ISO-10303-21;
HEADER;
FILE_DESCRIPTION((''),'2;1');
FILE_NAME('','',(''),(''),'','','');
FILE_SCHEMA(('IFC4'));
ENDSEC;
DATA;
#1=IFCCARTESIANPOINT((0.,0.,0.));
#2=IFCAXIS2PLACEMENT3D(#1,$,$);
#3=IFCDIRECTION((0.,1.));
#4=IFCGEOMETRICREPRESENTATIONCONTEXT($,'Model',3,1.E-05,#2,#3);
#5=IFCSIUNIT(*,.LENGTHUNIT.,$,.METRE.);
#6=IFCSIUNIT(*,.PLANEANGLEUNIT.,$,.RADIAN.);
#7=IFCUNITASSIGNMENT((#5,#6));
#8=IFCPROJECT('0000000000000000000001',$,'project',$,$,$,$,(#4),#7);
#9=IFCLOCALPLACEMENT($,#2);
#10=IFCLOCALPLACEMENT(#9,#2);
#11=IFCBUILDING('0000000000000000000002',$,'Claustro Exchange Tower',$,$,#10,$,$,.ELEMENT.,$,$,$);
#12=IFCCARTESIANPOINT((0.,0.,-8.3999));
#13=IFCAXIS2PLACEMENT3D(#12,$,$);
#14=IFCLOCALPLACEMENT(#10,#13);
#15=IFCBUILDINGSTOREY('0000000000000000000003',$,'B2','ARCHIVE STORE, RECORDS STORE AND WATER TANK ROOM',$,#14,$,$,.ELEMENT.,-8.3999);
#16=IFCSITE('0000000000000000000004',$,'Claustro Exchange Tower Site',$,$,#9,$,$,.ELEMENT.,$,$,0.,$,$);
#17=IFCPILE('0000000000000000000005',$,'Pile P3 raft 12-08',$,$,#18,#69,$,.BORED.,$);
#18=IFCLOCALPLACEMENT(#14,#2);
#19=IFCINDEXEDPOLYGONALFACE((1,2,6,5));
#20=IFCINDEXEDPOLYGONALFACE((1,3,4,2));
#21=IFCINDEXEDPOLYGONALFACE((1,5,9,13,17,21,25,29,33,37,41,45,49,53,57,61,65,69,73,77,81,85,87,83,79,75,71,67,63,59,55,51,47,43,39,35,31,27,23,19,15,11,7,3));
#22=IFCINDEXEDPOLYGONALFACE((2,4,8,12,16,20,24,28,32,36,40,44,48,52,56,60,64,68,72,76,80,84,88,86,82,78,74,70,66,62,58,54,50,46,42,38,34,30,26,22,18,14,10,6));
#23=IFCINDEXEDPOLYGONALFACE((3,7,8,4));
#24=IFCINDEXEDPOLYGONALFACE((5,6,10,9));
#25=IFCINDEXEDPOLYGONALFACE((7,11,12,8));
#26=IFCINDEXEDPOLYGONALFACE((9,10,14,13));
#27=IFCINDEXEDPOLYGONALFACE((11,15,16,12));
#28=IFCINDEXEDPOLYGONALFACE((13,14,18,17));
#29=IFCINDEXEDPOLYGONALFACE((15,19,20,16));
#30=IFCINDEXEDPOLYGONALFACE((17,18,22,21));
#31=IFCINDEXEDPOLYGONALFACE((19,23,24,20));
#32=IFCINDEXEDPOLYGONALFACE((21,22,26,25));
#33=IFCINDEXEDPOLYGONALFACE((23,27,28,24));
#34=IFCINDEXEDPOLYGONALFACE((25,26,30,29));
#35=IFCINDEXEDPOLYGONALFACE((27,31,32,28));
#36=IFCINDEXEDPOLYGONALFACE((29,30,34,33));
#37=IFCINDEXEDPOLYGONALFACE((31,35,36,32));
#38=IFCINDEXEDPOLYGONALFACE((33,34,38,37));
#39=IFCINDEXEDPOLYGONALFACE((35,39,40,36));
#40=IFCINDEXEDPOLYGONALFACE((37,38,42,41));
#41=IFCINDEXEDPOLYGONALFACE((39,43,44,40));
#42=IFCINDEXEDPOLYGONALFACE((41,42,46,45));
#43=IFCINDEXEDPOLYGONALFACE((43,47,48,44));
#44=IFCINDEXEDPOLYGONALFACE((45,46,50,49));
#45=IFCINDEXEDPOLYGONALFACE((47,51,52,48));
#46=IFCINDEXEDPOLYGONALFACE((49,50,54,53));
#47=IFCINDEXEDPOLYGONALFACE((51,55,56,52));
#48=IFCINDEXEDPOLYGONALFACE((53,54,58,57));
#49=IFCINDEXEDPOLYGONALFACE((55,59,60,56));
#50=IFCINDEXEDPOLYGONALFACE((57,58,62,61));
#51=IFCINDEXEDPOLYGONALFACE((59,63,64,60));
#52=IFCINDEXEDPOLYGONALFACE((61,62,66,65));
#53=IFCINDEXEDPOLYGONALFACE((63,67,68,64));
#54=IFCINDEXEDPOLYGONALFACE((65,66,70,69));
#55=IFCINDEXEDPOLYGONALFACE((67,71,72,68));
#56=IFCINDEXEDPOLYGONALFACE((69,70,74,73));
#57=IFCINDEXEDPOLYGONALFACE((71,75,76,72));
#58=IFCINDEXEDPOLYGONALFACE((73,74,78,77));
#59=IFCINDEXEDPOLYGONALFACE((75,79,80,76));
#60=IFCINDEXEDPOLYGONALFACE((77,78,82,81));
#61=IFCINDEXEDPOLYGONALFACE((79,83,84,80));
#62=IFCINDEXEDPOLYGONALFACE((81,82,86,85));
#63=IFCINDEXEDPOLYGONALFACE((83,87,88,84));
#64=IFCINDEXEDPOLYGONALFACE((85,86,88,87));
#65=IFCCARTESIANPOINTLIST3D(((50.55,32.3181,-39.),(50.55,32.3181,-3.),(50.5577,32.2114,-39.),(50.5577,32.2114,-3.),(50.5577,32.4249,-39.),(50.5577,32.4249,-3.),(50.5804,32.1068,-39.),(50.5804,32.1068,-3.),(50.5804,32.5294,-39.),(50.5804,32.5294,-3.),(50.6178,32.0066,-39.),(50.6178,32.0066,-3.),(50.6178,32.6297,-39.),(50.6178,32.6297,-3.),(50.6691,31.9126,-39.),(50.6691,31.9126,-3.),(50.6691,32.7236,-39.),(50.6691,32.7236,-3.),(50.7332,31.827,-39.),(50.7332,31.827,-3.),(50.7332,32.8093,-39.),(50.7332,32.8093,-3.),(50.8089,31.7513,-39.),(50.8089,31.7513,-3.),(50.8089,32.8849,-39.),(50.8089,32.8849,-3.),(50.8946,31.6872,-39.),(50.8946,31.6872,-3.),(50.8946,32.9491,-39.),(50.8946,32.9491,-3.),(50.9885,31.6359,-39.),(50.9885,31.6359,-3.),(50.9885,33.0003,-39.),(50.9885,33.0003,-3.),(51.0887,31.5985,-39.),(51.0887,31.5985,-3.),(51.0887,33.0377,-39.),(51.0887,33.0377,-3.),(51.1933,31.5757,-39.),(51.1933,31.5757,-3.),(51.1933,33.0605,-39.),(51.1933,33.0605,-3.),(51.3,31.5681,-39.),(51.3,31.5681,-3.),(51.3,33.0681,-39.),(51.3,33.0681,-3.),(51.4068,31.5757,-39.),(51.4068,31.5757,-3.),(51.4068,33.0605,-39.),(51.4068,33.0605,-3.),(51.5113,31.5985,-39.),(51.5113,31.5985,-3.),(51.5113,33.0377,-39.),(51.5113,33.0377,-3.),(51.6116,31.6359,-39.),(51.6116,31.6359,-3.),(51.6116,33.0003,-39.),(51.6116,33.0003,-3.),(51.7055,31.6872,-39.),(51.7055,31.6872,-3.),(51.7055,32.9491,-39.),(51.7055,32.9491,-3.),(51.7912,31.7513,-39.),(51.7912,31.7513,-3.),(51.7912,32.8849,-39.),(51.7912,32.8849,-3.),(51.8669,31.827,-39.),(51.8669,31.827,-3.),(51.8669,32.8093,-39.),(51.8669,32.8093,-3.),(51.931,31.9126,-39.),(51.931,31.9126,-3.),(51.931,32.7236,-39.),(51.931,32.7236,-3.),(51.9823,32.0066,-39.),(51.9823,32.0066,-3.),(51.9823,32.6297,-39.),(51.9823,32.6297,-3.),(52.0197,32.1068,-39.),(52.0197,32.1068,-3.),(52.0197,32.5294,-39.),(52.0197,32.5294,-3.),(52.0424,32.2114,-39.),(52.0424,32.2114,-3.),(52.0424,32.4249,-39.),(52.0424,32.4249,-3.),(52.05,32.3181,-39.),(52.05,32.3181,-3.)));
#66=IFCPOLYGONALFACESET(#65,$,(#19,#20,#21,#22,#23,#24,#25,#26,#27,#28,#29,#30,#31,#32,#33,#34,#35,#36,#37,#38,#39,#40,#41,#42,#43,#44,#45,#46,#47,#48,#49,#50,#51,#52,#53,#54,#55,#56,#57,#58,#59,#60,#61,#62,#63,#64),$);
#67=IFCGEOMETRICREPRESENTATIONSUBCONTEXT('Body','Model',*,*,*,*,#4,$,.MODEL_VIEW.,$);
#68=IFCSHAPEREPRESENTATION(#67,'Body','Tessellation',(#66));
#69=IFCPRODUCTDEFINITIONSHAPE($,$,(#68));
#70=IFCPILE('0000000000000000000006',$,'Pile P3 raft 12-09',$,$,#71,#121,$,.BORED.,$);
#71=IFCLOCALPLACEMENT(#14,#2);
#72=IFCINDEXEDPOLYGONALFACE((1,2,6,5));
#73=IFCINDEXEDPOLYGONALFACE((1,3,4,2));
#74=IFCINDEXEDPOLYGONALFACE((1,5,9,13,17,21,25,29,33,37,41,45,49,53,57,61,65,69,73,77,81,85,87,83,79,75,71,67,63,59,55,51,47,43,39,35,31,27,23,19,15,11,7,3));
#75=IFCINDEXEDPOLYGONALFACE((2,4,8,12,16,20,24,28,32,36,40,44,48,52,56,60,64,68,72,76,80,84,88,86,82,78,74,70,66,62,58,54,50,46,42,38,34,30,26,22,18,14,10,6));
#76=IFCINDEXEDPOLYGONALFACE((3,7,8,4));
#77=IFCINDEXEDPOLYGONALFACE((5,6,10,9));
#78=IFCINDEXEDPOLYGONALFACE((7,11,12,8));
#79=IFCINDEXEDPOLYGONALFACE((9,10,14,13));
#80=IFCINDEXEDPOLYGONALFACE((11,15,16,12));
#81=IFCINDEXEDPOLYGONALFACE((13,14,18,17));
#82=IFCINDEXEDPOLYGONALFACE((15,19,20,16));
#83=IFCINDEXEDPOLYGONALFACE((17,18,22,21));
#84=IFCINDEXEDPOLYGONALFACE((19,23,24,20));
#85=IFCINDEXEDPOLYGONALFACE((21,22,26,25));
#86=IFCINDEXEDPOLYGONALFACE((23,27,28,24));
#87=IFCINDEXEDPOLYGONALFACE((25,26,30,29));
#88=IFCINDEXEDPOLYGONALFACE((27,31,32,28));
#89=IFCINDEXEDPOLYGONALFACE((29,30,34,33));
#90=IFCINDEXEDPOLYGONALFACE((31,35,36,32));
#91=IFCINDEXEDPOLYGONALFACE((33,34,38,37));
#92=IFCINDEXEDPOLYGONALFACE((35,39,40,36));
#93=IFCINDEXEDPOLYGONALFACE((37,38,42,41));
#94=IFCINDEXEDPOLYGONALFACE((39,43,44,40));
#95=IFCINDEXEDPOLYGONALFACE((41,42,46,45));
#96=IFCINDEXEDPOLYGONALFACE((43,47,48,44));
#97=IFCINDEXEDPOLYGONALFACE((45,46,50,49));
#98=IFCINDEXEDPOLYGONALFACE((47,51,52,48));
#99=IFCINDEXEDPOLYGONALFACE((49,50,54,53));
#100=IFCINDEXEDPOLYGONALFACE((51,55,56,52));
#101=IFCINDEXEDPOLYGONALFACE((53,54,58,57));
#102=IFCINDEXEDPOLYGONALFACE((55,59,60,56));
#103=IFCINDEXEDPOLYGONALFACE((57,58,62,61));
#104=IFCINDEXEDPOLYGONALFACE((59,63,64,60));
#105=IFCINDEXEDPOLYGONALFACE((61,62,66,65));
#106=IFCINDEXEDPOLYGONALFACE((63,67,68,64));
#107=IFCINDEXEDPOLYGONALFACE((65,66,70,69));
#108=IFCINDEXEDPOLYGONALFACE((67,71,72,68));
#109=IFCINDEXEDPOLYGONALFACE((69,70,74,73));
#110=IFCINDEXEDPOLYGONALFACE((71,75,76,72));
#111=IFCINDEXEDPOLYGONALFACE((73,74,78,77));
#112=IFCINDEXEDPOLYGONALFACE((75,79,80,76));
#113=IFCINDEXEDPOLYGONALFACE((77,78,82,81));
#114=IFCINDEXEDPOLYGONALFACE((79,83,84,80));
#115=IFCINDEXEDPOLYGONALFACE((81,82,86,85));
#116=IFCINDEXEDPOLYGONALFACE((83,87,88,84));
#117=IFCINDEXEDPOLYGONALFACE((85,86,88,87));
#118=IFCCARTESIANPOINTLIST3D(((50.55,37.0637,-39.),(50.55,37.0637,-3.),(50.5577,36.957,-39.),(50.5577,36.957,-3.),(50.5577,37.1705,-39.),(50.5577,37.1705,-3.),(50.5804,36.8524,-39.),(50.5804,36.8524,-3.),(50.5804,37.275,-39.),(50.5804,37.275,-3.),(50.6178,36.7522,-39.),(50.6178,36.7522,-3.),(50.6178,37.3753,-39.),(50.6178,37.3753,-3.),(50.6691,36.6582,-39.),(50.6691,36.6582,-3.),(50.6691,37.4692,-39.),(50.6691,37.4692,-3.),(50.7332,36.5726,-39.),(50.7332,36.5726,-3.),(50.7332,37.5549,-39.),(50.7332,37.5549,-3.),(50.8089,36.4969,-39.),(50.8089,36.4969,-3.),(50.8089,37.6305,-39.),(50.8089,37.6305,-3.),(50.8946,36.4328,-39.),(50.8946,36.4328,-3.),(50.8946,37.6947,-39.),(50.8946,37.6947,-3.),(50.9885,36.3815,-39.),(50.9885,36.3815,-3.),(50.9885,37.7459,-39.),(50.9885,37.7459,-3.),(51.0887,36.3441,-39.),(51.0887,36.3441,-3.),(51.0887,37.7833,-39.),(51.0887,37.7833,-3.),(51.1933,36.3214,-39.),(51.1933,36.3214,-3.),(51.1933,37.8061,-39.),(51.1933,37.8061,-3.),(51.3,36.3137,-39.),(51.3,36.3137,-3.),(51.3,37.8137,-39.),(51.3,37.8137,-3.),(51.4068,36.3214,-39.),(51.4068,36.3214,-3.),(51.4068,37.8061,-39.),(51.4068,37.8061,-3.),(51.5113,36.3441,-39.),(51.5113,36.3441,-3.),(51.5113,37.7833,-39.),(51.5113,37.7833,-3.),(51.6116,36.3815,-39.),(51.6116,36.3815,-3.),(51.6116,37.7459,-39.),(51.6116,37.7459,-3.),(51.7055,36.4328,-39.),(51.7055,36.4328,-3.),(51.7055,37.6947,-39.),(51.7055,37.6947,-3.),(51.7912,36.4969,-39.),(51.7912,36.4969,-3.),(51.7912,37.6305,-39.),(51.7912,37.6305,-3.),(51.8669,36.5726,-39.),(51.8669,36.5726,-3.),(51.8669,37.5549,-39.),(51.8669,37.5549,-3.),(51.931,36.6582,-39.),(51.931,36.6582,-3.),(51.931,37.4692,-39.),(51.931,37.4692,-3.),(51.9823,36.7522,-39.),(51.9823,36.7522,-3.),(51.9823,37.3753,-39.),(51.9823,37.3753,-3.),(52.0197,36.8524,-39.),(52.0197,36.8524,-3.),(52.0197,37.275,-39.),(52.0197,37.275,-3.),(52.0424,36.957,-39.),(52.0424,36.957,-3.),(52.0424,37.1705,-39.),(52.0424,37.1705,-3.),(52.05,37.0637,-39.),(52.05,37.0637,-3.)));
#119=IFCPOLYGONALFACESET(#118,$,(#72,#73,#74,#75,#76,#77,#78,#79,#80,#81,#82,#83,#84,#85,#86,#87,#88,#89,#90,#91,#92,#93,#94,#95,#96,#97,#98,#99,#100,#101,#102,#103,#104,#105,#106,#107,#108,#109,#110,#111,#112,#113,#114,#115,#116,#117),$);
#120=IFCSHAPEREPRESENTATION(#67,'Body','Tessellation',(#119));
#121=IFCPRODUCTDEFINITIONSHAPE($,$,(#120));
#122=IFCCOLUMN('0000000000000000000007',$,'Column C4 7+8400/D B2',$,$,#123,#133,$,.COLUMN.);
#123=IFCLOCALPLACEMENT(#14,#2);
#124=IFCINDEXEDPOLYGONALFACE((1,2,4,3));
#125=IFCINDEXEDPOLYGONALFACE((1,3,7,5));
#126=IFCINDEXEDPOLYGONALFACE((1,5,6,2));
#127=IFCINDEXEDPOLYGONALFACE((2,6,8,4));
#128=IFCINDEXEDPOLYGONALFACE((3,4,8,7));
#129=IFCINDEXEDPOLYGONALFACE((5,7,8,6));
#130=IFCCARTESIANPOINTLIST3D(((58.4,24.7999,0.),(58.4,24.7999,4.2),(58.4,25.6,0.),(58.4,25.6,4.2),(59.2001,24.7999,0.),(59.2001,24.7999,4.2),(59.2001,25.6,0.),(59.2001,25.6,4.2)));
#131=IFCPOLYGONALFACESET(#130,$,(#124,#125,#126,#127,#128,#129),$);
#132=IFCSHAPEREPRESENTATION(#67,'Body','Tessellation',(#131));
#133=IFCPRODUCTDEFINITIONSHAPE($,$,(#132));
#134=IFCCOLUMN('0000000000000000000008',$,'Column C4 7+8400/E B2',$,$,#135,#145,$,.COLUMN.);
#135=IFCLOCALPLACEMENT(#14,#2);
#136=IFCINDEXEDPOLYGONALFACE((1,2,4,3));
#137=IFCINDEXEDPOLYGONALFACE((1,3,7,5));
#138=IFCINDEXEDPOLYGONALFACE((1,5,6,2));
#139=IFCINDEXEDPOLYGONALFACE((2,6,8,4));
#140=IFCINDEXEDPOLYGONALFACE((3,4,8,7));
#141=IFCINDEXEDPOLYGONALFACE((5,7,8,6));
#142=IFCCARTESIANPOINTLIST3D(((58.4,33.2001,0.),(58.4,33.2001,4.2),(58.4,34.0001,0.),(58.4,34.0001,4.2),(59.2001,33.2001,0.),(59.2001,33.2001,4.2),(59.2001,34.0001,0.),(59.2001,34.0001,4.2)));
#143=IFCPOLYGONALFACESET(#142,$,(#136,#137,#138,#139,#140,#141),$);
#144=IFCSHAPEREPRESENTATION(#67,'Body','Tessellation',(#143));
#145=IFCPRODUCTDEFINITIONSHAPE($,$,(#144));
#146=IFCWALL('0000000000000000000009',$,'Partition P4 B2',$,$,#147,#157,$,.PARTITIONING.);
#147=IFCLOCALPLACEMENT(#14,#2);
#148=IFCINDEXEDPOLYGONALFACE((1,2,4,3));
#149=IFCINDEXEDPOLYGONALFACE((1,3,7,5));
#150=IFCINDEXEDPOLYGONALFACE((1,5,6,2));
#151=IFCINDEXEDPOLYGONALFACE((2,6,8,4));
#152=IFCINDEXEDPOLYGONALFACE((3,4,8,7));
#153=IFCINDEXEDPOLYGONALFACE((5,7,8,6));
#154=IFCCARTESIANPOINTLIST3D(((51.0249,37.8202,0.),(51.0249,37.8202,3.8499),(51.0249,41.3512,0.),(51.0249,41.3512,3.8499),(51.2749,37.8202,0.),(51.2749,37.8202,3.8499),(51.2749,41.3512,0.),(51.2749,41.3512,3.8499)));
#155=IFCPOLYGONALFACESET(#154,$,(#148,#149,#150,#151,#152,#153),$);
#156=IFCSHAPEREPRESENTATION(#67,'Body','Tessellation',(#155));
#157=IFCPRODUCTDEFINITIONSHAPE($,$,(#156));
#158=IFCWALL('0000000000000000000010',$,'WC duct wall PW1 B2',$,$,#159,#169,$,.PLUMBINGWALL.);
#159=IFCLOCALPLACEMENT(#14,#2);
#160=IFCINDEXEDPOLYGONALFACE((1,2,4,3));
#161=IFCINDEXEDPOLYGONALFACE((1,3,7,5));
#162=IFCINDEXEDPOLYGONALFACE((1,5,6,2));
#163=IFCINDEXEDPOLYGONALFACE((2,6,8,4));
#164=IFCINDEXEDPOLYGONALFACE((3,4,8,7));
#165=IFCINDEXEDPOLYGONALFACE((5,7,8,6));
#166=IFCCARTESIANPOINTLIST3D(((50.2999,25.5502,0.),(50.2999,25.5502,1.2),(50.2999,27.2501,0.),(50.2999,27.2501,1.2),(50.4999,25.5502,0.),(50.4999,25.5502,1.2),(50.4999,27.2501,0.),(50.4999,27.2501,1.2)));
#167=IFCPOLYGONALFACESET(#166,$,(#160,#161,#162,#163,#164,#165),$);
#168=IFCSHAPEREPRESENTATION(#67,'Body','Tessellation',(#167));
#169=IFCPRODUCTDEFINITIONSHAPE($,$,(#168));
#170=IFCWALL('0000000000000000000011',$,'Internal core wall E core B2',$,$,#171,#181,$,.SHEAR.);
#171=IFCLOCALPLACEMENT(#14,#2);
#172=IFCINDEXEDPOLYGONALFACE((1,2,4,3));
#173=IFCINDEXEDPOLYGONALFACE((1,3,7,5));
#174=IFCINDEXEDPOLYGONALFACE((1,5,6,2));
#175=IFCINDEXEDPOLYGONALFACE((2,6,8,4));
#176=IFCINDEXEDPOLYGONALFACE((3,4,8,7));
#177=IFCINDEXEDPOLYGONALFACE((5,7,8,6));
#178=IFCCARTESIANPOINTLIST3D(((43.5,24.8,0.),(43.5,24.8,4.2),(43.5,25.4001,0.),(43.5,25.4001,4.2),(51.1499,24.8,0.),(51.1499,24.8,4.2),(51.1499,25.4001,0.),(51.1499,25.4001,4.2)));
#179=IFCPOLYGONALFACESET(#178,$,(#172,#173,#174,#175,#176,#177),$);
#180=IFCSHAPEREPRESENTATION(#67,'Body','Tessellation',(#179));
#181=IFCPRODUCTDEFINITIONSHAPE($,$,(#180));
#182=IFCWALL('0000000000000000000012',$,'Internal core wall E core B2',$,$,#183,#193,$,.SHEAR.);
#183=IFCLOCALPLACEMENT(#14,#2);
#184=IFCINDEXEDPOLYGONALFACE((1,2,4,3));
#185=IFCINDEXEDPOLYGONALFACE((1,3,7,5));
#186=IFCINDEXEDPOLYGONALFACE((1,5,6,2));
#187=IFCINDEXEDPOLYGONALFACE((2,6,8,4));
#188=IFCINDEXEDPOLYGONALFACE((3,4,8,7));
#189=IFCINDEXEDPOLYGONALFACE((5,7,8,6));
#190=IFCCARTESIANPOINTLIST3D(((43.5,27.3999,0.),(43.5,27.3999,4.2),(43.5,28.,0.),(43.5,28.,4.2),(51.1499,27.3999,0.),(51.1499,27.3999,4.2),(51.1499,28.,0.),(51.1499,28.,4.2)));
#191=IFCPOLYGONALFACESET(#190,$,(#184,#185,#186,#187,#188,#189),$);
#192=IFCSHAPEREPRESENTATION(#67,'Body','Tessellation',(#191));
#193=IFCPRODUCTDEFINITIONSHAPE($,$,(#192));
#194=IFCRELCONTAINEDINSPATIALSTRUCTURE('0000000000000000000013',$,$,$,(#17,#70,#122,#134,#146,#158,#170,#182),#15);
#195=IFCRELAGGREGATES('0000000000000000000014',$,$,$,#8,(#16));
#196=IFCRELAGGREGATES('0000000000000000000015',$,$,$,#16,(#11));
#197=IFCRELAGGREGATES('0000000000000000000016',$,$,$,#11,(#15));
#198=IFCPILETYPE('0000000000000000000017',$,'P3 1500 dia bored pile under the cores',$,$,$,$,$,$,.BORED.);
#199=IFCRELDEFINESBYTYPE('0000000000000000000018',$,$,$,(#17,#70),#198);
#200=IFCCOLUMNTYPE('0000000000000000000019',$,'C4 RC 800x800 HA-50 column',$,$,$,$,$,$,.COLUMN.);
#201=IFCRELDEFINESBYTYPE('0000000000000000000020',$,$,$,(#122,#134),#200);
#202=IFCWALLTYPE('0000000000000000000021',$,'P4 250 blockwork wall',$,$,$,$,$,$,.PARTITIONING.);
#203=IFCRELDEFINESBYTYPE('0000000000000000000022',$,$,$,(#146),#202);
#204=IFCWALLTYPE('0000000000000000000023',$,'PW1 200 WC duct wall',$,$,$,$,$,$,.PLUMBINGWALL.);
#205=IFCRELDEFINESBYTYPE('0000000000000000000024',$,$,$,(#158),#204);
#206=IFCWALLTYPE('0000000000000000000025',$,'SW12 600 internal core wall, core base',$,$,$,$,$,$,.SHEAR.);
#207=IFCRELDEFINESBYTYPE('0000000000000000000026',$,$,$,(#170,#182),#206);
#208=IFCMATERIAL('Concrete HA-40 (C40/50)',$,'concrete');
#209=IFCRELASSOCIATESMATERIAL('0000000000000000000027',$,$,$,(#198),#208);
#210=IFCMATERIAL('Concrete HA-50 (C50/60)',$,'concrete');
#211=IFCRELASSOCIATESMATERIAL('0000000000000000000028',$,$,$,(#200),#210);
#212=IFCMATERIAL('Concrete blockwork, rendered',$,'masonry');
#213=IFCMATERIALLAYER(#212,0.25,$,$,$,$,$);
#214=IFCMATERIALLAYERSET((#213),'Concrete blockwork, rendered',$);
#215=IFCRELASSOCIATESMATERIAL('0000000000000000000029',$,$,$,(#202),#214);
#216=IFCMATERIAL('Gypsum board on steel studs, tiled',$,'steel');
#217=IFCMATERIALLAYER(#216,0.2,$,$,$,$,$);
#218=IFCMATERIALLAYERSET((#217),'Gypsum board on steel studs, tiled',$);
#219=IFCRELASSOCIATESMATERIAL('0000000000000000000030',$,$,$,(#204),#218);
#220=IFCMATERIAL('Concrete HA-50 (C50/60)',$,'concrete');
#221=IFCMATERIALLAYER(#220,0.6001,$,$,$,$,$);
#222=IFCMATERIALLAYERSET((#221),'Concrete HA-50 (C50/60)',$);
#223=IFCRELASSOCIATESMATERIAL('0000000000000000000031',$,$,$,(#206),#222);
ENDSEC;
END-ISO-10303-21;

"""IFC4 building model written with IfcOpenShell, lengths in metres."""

from ifc_helpers import new_model, si_unit, direction, frame, frame_2d, origin, origin_2d, place, context, subcontext, project, spatial, rectangle, circle, extrude, material, layer, layer_set, material_profile, profile_set, type_object, element, save


model = new_model("IFC4")

# Units and contexts
model_context = context("Model", 3, precision=1e-05, world=origin(), true_north=direction((0.0, 1.0)))
body_context = subcontext(model_context, "Body", "Model", "MODEL_VIEW")
ifc_project = project(units=[si_unit("LENGTHUNIT", "METRE"), si_unit("PLANEANGLEUNIT", "RADIAN")], contexts=[model_context])

# Site, building, storey
site_placement = place(None, origin())
site = spatial("IfcSite", under=ifc_project, at=site_placement, Name="Claustro Exchange Tower Site", CompositionType="ELEMENT", RefElevation=0.0)
building_placement = place(site_placement, origin())
building = spatial("IfcBuilding", under=site, at=building_placement, Name="Claustro Exchange Tower", CompositionType="ELEMENT")
storey_placement = place(building_placement, frame((0.0, 0.0, -8.3999)))
storey = spatial("IfcBuildingStorey", under=building, at=storey_placement, Name="B2", Description="ARCHIVE STORE, RECORDS STORE AND WATER TANK ROOM", CompositionType="ELEMENT", Elevation=-8.3999)

# Piles
ifc_material_1 = material(Name="Concrete HA-40 (C40/50)", Category="concrete")
pile_type_1 = type_object("IfcPileType", Name="P3 1500 dia bored pile under the cores", PredefinedType="BORED", material=ifc_material_1)
for number, where, z_axis, x_axis, name in (
    (1, (51.3, 32.3181, -3.0), (0.0, 0.0, -1.0), (1.0, 0.0, 0.0), "Pile P3 raft 12-08"),
    (2, (51.3, 37.0637, -3.0), (0.0, 0.0, -1.0), (1.0, 0.0, 0.0), "Pile P3 raft 12-09"),
):
    element("IfcPile", number, at=place(storey_placement, frame(where, z_axis=z_axis, x_axis=x_axis)), inside=storey, type_object=pile_type_1, Name=name, PredefinedType="BORED", context=body_context, shape_type="SweptSolid", body=[
        extrude(circle(Radius=0.75, at=origin_2d()), origin(), (0.0, 0.0, 1.0), 36.0),
    ])

# Columns
ifc_material_2 = material(Name="Concrete HA-50 (C50/60)", Category="concrete")
ifc_material_profile = material_profile(ifc_material_2, rectangle(XDim=0.8, YDim=0.8, at=origin_2d()), Name="RC 800x800")
ifc_profile_set = profile_set([ifc_material_profile], Name="Concrete HA-50 (C50/60)")
column_type = type_object("IfcColumnType", Name="C4 RC 800x800 HA-50 column", PredefinedType="COLUMN", material=ifc_profile_set)
for number, where, z_axis, x_axis, name in (
    (3, (58.8, 25.2, 0.0), (0.0, 0.0, 1.0), (1.0, 0.0, 0.0), "Column C4 7+8400/D B2"),
    (4, (58.8, 33.6001, 0.0), (0.0, 0.0, 1.0), (1.0, 0.0, 0.0), "Column C4 7+8400/E B2"),
):
    element("IfcColumn", number, at=place(storey_placement, frame(where, z_axis=z_axis, x_axis=x_axis)), inside=storey, type_object=column_type, Name=name, PredefinedType="COLUMN", context=body_context, shape_type="SweptSolid", body=[
        extrude(rectangle(XDim=0.8, YDim=0.8, at=origin_2d()), origin(), (0.0, 0.0, 1.0), 4.2),
    ])

# Walls
ifc_material_3 = material(Name="Concrete blockwork, rendered", Category="masonry")
ifc_layer_1 = layer(ifc_material_3, 0.25)
ifc_layer_set_1 = layer_set([ifc_layer_1], Name="Concrete blockwork, rendered")
wall_type_1 = type_object("IfcWallType", Name="P4 250 blockwork wall", PredefinedType="PARTITIONING", material=ifc_layer_set_1)
wall_1_placement = place(storey_placement, frame((51.1499, 37.8201, 0.0), z_axis=(0.0, 0.0, 1.0), x_axis=(0.0, 1.0, 0.0)))
element("IfcWall", 5, at=wall_1_placement, inside=storey, type_object=wall_type_1, Name="Partition P4 B2", PredefinedType="PARTITIONING", context=body_context, shape_type="SweptSolid", body=[
    extrude(rectangle(XDim=3.531, YDim=0.25, at=frame_2d((1.7656, 0.0))), origin(), (0.0, 0.0, 1.0), 3.8499),
])
ifc_material_4 = material(Name="Gypsum board on steel studs, tiled", Category="steel")
ifc_layer_2 = layer(ifc_material_4, 0.2)
ifc_layer_set_2 = layer_set([ifc_layer_2], Name="Gypsum board on steel studs, tiled")
wall_type_2 = type_object("IfcWallType", Name="PW1 200 WC duct wall", PredefinedType="PLUMBINGWALL", material=ifc_layer_set_2)
wall_2_placement = place(storey_placement, frame((50.3999, 25.55, 0.0), z_axis=(0.0, 0.0, 1.0), x_axis=(0.0, 1.0, 0.0)))
element("IfcWall", 6, at=wall_2_placement, inside=storey, type_object=wall_type_2, Name="WC duct wall PW1 B2", PredefinedType="PLUMBINGWALL", context=body_context, shape_type="SweptSolid", body=[
    extrude(rectangle(XDim=1.7, YDim=0.2, at=frame_2d((0.8501, 0.0))), origin(), (0.0, 0.0, 1.0), 1.2),
])
ifc_material_5 = material(Name="Concrete HA-50 (C50/60)", Category="concrete")
ifc_layer_3 = layer(ifc_material_5, 0.6001)
ifc_layer_set_3 = layer_set([ifc_layer_3], Name="Concrete HA-50 (C50/60)")
wall_type_3 = type_object("IfcWallType", Name="SW12 600 internal core wall, core base", PredefinedType="SHEAR", material=ifc_layer_set_3)
for number, where, z_axis, x_axis, name in (
    (7, (51.1499, 25.1001, 0.0), (0.0, 0.0, 1.0), (-1.0, 0.0, 0.0), "Internal core wall E core B2"),
    (8, (51.1499, 27.7, 0.0), (0.0, 0.0, 1.0), (-1.0, 0.0, 0.0), "Internal core wall E core B2"),
):
    element("IfcWall", number, at=place(storey_placement, frame(where, z_axis=z_axis, x_axis=x_axis)), inside=storey, type_object=wall_type_3, Name=name, PredefinedType="SHEAR", context=body_context, shape_type="SweptSolid", body=[
        extrude(rectangle(XDim=7.6499, YDim=0.6001, at=frame_2d((3.825, 0.0))), origin(), (0.0, 0.0, 1.0), 4.2),
    ])

save(model, "model.ifc")
